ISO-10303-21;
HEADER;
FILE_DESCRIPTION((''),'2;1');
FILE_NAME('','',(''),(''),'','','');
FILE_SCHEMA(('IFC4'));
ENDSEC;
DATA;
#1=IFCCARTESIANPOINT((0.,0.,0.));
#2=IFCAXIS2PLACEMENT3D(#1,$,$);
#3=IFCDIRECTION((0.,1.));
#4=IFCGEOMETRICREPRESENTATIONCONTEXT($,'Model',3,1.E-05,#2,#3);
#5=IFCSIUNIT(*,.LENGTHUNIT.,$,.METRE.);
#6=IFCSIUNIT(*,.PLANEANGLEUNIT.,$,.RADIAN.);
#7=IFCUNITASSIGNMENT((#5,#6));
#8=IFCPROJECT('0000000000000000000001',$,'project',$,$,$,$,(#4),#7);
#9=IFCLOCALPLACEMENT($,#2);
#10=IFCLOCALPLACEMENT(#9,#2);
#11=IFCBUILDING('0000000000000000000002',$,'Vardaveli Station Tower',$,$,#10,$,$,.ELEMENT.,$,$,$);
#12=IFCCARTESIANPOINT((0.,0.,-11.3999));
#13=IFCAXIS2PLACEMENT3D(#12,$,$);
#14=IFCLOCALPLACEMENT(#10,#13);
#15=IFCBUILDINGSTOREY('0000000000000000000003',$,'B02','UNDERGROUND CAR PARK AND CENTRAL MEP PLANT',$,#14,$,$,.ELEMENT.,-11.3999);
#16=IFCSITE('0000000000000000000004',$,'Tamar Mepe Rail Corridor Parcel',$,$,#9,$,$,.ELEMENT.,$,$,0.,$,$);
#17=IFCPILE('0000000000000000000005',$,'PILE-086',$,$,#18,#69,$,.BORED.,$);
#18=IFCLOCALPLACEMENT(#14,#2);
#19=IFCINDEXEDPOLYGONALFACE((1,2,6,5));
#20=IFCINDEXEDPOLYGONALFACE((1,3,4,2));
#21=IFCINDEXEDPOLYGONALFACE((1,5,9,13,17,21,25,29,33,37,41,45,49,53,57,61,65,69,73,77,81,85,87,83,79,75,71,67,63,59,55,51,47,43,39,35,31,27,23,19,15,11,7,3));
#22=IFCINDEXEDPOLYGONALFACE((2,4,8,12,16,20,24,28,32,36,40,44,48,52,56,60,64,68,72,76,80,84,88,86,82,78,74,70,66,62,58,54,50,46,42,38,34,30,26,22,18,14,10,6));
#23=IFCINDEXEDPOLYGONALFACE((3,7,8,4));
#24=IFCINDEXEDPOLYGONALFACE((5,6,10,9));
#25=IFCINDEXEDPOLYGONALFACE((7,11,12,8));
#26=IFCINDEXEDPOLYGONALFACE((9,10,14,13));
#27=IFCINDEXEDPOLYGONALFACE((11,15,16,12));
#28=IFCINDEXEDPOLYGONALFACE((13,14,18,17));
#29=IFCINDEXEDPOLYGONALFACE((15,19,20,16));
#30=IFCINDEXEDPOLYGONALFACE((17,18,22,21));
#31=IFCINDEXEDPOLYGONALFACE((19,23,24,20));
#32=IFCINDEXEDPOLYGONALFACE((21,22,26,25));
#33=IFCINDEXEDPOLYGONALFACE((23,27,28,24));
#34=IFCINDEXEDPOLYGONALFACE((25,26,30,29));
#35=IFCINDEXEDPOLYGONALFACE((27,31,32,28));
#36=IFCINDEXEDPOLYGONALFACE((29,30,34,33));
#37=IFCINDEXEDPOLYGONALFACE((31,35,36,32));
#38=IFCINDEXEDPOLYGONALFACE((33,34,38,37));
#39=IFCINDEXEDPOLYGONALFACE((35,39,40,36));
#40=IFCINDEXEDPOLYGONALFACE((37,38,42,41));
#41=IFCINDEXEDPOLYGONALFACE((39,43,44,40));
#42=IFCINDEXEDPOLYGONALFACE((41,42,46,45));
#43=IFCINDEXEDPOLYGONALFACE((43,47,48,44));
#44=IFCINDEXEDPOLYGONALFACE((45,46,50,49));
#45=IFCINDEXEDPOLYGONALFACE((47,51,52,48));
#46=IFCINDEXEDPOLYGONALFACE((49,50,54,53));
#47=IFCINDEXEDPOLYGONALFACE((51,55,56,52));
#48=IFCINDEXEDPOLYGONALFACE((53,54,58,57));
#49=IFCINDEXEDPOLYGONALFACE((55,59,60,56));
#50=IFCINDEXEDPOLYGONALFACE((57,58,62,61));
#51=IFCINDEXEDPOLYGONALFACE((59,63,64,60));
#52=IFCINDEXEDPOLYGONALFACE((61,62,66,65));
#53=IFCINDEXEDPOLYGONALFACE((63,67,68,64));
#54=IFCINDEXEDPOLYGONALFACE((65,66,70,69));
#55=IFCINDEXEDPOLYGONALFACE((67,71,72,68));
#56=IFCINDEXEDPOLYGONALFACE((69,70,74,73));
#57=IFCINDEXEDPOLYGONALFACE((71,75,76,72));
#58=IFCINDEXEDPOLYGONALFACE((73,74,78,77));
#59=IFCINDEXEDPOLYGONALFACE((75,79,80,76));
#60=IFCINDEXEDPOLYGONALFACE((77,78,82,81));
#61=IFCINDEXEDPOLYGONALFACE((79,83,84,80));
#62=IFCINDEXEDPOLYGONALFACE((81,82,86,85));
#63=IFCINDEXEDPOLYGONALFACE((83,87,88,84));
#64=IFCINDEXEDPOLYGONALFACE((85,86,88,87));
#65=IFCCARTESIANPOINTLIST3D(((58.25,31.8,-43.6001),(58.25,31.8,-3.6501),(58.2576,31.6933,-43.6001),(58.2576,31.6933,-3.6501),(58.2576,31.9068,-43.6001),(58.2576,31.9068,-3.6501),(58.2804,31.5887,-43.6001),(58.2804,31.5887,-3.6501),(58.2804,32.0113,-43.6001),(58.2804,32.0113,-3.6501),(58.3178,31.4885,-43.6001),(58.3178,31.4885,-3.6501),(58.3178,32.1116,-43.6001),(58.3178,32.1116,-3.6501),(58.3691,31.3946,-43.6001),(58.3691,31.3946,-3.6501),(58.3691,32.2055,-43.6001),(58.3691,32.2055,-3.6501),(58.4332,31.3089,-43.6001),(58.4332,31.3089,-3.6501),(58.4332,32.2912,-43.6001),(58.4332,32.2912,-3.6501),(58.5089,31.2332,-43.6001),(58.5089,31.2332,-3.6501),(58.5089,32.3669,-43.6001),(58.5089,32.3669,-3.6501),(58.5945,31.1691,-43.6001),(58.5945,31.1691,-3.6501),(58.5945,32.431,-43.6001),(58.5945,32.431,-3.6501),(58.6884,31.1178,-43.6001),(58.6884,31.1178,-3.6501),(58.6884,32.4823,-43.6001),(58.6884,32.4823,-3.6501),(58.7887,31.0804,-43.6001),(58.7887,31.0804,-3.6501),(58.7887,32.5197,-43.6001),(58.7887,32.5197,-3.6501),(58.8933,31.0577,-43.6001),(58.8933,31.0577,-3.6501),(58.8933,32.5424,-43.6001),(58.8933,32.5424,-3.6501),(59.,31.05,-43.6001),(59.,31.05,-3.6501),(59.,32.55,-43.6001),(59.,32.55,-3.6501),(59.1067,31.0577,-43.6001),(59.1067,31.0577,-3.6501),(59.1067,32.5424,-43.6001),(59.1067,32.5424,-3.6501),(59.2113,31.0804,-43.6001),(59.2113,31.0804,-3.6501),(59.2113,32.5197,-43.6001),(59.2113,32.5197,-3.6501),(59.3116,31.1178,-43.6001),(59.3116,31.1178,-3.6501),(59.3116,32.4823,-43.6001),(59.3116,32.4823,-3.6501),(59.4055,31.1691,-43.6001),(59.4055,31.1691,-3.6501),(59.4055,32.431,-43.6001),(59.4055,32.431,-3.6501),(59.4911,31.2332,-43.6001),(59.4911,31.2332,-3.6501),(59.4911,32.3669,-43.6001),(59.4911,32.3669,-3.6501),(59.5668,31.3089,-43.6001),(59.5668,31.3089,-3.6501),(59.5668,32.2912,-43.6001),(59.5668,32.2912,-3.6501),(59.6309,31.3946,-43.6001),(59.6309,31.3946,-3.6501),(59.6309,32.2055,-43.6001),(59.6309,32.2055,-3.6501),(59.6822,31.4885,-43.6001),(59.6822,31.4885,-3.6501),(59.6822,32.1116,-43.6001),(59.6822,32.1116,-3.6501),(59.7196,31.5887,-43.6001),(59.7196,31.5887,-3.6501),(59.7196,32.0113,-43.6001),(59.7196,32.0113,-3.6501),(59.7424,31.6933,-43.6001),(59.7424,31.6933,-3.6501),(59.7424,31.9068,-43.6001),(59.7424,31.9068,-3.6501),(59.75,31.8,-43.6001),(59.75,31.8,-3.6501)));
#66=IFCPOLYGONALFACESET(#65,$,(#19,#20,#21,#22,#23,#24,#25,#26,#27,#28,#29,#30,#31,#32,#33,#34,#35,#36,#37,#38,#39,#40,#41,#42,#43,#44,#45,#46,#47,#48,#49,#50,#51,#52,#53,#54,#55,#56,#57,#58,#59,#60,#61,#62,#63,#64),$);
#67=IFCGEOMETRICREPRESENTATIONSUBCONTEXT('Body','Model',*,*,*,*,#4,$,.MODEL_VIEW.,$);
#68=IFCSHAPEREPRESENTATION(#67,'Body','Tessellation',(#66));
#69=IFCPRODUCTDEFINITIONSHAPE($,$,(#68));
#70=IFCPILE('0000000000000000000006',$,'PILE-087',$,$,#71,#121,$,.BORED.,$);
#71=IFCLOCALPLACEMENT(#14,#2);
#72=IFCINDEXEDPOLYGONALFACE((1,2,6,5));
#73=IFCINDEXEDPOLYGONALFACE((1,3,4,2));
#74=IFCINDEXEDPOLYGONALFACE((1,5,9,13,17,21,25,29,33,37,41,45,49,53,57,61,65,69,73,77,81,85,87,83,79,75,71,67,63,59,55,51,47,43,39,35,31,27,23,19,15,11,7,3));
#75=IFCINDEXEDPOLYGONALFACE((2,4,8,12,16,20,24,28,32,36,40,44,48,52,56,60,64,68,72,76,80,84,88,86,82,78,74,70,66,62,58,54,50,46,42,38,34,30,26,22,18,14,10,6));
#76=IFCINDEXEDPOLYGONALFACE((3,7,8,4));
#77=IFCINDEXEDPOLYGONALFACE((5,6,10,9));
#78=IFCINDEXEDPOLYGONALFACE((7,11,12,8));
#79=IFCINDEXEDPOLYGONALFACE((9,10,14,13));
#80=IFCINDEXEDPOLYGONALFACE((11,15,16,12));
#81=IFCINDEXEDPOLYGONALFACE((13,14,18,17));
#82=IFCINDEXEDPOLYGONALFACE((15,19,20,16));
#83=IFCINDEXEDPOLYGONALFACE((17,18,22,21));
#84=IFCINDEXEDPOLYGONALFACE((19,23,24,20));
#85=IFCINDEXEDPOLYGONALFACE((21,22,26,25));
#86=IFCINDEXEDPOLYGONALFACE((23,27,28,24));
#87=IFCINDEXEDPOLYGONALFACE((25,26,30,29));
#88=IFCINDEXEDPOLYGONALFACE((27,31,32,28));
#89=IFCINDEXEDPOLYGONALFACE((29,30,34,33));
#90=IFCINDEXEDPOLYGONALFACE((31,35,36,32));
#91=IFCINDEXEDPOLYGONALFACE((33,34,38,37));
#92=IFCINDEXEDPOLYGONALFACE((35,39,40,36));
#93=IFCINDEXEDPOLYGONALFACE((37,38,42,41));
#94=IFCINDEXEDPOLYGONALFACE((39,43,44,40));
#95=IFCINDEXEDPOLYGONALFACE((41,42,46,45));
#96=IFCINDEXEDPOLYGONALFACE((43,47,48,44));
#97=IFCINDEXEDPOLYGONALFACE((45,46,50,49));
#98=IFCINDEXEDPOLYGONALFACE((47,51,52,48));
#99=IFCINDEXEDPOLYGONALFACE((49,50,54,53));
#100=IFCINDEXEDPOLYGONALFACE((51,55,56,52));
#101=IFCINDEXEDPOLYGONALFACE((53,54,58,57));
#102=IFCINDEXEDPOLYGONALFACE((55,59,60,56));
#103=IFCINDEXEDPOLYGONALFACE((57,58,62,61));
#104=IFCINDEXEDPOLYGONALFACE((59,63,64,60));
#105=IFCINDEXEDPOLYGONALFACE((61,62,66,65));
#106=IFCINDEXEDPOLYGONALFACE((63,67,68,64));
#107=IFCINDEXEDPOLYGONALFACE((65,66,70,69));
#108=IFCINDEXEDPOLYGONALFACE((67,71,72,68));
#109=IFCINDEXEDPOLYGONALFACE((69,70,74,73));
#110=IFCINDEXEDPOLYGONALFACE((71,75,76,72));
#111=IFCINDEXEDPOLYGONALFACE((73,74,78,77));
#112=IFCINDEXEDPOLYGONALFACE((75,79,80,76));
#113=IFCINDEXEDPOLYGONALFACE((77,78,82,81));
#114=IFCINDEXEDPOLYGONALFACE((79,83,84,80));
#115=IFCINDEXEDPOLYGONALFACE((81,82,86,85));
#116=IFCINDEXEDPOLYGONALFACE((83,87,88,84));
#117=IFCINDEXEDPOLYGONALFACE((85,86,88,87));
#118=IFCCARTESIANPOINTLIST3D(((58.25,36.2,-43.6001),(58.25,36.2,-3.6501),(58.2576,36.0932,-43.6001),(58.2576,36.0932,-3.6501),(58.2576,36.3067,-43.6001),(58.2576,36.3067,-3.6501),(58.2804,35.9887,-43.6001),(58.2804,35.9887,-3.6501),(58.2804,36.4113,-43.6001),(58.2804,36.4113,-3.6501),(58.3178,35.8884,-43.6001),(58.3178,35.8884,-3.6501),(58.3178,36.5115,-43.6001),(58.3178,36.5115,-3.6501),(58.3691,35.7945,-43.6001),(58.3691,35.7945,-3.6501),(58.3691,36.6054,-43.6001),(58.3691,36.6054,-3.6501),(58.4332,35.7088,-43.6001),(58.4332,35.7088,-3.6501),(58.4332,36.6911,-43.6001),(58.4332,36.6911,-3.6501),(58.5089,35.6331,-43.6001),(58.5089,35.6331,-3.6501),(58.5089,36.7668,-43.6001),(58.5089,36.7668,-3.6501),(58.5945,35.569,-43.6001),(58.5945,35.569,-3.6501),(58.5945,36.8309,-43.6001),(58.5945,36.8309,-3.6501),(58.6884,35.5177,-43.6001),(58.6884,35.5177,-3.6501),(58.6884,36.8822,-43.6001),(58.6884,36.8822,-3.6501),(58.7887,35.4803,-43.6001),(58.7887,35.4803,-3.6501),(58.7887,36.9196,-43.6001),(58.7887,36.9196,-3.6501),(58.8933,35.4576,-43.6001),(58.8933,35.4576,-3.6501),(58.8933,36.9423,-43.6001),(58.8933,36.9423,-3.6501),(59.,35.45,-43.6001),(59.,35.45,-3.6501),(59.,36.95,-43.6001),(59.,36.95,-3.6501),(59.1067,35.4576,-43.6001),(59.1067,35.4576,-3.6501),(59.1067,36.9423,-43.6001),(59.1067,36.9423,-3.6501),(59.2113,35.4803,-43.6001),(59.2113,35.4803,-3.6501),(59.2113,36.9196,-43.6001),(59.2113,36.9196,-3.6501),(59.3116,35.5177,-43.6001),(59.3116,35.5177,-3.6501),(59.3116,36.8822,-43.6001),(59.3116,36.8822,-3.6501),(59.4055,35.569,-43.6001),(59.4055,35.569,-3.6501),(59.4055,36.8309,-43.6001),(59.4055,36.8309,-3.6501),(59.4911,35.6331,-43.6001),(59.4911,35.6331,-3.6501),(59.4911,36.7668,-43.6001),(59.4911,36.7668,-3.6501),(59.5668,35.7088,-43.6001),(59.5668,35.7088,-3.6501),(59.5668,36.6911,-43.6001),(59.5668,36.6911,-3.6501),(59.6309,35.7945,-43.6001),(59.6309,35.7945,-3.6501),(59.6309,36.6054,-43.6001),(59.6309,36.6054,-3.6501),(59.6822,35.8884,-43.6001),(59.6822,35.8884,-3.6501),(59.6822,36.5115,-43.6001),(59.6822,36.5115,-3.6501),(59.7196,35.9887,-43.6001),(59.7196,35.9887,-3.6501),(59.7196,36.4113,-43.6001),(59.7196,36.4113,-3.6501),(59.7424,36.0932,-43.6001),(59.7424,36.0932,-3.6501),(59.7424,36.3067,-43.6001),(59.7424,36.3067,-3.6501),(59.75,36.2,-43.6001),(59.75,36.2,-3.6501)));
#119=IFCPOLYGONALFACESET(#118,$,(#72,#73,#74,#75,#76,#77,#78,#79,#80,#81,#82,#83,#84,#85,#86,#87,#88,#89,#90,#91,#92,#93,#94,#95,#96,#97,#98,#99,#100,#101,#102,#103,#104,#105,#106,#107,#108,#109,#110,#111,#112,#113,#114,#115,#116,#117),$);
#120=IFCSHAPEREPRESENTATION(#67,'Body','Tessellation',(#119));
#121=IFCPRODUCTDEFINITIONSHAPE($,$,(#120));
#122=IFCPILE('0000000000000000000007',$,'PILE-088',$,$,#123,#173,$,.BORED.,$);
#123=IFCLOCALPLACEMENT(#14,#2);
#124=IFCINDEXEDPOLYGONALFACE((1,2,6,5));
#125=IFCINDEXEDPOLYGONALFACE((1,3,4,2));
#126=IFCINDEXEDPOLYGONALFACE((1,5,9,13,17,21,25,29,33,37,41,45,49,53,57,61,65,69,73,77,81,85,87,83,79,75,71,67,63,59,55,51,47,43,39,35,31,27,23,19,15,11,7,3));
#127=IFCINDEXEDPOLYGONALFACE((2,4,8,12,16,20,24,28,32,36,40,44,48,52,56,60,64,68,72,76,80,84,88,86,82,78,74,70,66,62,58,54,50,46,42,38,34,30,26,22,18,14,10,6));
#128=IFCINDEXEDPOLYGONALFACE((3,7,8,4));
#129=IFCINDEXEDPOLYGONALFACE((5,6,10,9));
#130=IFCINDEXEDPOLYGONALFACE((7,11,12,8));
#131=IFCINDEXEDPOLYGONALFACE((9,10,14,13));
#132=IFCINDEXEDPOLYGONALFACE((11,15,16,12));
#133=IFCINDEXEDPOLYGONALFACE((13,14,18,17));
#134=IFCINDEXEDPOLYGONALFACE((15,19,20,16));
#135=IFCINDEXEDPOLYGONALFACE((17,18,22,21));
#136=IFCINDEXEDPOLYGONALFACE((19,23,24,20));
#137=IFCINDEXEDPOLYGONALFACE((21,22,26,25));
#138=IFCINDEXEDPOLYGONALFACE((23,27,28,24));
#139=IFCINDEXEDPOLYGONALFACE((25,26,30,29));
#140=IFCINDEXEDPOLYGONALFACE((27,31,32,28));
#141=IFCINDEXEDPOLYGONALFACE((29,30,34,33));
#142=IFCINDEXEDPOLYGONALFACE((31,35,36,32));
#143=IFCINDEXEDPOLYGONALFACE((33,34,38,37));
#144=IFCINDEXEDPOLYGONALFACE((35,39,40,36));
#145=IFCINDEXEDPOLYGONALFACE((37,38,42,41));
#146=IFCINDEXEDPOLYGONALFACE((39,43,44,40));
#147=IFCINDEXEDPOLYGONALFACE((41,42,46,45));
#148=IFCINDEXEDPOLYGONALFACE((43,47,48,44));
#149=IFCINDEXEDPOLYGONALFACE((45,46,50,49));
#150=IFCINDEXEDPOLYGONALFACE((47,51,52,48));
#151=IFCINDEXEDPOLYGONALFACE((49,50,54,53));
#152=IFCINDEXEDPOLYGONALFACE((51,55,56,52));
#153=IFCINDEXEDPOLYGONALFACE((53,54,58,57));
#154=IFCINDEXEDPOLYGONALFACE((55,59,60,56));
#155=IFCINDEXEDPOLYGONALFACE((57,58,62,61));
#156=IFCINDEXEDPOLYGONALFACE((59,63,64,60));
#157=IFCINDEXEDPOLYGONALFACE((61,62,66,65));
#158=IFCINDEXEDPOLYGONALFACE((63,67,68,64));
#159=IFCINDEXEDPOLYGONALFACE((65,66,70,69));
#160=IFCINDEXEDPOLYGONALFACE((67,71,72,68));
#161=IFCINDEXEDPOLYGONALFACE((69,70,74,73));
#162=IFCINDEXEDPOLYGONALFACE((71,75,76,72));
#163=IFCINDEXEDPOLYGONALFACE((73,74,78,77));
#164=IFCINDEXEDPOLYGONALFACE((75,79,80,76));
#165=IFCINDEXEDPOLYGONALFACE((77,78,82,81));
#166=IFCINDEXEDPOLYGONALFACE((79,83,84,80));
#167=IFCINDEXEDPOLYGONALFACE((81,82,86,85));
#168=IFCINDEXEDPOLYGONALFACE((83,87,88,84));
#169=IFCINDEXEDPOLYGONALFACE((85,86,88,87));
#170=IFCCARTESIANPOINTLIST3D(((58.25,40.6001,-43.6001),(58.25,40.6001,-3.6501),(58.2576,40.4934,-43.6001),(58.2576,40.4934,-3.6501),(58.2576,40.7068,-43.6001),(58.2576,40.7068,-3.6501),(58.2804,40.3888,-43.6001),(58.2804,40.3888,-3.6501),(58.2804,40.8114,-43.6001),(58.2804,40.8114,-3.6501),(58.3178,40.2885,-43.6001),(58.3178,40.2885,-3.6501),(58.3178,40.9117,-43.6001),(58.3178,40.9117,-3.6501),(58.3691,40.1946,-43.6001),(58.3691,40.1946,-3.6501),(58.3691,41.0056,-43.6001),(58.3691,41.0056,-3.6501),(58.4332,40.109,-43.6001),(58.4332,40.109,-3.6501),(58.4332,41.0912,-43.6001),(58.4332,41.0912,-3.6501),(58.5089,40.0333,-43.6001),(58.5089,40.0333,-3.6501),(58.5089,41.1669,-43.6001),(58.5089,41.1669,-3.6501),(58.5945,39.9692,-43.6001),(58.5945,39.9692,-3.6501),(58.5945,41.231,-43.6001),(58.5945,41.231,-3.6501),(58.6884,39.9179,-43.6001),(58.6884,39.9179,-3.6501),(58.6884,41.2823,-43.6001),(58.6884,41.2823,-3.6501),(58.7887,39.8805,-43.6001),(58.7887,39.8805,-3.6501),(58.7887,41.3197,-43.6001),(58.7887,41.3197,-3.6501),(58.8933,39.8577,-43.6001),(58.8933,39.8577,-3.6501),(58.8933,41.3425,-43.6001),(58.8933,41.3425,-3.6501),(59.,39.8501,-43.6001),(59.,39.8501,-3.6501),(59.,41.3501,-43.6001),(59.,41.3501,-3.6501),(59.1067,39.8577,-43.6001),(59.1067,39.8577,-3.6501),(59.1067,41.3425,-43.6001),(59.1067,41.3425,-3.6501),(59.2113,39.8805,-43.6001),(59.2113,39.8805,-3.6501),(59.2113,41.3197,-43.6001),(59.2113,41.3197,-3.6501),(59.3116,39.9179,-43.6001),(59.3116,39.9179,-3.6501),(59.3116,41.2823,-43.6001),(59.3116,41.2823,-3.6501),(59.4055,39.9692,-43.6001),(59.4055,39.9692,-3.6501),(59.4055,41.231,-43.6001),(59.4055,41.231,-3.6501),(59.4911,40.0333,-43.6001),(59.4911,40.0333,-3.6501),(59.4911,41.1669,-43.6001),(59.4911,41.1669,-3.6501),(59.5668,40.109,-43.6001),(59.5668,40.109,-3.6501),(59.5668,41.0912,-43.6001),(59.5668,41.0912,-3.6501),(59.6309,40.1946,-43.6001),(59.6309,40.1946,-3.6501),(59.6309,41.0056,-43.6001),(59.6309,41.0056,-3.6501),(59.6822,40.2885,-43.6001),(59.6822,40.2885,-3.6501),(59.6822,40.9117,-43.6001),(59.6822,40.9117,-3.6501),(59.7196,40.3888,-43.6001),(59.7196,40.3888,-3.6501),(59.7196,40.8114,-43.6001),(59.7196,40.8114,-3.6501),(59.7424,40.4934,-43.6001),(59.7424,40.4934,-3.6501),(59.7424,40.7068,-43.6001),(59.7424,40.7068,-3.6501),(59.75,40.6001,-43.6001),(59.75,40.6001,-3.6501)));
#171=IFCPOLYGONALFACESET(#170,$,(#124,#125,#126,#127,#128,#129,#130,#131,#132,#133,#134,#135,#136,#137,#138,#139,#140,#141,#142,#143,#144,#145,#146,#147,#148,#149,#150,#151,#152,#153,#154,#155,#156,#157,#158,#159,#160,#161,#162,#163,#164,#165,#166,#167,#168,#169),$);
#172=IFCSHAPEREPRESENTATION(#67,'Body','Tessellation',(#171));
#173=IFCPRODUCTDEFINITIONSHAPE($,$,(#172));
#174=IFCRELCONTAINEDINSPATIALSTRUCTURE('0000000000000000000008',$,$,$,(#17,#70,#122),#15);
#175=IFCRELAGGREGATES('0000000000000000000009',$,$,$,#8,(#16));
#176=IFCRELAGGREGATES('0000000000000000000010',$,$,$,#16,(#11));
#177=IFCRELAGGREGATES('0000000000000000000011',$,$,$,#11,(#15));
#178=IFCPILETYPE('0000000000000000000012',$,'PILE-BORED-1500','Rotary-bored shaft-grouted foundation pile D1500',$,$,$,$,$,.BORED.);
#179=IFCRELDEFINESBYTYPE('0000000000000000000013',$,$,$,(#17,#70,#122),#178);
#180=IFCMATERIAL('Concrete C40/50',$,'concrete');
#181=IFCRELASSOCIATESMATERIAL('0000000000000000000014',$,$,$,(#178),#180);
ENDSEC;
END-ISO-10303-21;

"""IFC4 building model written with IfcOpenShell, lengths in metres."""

from ifc_helpers import new_model, si_unit, direction, frame, origin, origin_2d, place, context, subcontext, project, spatial, circle, extrude, source, transform, mapped, material, material_profile, profile_set, type_object, element, save


model = new_model("IFC4")

# Units and contexts
model_context = context("Model", 3, precision=1e-05, world=origin(), true_north=direction((0.0, 1.0)))
body_context = subcontext(model_context, "Body", "Model", "MODEL_VIEW")
ifc_project = project(units=[si_unit("LENGTHUNIT", "METRE"), si_unit("PLANEANGLEUNIT", "RADIAN")], contexts=[model_context])

# Site, building, storey
site_placement = place(None, origin())
site = spatial("IfcSite", under=ifc_project, at=site_placement, Name="Tamar Mepe Rail Corridor Parcel", CompositionType="ELEMENT", RefElevation=0.0)
building_placement = place(site_placement, origin())
building = spatial("IfcBuilding", under=site, at=building_placement, Name="Vardaveli Station Tower", CompositionType="ELEMENT")
storey_placement = place(building_placement, frame((0.0, 0.0, -11.3999)))
storey = spatial("IfcBuildingStorey", under=building, at=storey_placement, Name="B02", Description="UNDERGROUND CAR PARK AND CENTRAL MEP PLANT", CompositionType="ELEMENT", Elevation=-11.3999)

# Piles
ifc_material_1 = material(Name="Concrete C40/50", Category="concrete")
ifc_material_profile_1 = material_profile(ifc_material_1, circle(Radius=0.75, at=origin_2d()), Name="PILE D1500")
ifc_profile_set_1 = profile_set([ifc_material_profile_1], Name="Concrete C40/50")
pile_type_1 = type_object("IfcPileType", Name="PILE-BORED-1500", Description="Rotary-bored shaft-grouted foundation pile D1500", PredefinedType="BORED", material=ifc_profile_set_1)
shared_shape_1 = source(origin(), body_context, "Body", "SweptSolid", [
    extrude(circle(Radius=0.75, at=origin_2d()), origin(), (0.0, 0.0, 1.0), 39.95),
])
for number, where, z_axis, x_axis, name in (
    (1, (59.0, 31.8, -3.6501), (0.0, 0.0, -1.0), (1.0, 0.0, 0.0), "PILE-086"),
    (2, (59.0, 36.2, -3.6501), (0.0, 0.0, -1.0), (1.0, 0.0, 0.0), "PILE-087"),
    (3, (59.0, 40.6001, -3.6501), (0.0, 0.0, -1.0), (1.0, 0.0, 0.0), "PILE-088"),
):
    element("IfcPile", number, at=place(storey_placement, frame(where, z_axis=z_axis, x_axis=x_axis)), inside=storey, type_object=pile_type_1, Name=name, PredefinedType="BORED", context=body_context, shape_type="MappedRepresentation", body=[
        mapped(shared_shape_1, transform((0.0, 0.0, 0.0), scale=1.0)),
    ])

save(model, "model.ifc")
